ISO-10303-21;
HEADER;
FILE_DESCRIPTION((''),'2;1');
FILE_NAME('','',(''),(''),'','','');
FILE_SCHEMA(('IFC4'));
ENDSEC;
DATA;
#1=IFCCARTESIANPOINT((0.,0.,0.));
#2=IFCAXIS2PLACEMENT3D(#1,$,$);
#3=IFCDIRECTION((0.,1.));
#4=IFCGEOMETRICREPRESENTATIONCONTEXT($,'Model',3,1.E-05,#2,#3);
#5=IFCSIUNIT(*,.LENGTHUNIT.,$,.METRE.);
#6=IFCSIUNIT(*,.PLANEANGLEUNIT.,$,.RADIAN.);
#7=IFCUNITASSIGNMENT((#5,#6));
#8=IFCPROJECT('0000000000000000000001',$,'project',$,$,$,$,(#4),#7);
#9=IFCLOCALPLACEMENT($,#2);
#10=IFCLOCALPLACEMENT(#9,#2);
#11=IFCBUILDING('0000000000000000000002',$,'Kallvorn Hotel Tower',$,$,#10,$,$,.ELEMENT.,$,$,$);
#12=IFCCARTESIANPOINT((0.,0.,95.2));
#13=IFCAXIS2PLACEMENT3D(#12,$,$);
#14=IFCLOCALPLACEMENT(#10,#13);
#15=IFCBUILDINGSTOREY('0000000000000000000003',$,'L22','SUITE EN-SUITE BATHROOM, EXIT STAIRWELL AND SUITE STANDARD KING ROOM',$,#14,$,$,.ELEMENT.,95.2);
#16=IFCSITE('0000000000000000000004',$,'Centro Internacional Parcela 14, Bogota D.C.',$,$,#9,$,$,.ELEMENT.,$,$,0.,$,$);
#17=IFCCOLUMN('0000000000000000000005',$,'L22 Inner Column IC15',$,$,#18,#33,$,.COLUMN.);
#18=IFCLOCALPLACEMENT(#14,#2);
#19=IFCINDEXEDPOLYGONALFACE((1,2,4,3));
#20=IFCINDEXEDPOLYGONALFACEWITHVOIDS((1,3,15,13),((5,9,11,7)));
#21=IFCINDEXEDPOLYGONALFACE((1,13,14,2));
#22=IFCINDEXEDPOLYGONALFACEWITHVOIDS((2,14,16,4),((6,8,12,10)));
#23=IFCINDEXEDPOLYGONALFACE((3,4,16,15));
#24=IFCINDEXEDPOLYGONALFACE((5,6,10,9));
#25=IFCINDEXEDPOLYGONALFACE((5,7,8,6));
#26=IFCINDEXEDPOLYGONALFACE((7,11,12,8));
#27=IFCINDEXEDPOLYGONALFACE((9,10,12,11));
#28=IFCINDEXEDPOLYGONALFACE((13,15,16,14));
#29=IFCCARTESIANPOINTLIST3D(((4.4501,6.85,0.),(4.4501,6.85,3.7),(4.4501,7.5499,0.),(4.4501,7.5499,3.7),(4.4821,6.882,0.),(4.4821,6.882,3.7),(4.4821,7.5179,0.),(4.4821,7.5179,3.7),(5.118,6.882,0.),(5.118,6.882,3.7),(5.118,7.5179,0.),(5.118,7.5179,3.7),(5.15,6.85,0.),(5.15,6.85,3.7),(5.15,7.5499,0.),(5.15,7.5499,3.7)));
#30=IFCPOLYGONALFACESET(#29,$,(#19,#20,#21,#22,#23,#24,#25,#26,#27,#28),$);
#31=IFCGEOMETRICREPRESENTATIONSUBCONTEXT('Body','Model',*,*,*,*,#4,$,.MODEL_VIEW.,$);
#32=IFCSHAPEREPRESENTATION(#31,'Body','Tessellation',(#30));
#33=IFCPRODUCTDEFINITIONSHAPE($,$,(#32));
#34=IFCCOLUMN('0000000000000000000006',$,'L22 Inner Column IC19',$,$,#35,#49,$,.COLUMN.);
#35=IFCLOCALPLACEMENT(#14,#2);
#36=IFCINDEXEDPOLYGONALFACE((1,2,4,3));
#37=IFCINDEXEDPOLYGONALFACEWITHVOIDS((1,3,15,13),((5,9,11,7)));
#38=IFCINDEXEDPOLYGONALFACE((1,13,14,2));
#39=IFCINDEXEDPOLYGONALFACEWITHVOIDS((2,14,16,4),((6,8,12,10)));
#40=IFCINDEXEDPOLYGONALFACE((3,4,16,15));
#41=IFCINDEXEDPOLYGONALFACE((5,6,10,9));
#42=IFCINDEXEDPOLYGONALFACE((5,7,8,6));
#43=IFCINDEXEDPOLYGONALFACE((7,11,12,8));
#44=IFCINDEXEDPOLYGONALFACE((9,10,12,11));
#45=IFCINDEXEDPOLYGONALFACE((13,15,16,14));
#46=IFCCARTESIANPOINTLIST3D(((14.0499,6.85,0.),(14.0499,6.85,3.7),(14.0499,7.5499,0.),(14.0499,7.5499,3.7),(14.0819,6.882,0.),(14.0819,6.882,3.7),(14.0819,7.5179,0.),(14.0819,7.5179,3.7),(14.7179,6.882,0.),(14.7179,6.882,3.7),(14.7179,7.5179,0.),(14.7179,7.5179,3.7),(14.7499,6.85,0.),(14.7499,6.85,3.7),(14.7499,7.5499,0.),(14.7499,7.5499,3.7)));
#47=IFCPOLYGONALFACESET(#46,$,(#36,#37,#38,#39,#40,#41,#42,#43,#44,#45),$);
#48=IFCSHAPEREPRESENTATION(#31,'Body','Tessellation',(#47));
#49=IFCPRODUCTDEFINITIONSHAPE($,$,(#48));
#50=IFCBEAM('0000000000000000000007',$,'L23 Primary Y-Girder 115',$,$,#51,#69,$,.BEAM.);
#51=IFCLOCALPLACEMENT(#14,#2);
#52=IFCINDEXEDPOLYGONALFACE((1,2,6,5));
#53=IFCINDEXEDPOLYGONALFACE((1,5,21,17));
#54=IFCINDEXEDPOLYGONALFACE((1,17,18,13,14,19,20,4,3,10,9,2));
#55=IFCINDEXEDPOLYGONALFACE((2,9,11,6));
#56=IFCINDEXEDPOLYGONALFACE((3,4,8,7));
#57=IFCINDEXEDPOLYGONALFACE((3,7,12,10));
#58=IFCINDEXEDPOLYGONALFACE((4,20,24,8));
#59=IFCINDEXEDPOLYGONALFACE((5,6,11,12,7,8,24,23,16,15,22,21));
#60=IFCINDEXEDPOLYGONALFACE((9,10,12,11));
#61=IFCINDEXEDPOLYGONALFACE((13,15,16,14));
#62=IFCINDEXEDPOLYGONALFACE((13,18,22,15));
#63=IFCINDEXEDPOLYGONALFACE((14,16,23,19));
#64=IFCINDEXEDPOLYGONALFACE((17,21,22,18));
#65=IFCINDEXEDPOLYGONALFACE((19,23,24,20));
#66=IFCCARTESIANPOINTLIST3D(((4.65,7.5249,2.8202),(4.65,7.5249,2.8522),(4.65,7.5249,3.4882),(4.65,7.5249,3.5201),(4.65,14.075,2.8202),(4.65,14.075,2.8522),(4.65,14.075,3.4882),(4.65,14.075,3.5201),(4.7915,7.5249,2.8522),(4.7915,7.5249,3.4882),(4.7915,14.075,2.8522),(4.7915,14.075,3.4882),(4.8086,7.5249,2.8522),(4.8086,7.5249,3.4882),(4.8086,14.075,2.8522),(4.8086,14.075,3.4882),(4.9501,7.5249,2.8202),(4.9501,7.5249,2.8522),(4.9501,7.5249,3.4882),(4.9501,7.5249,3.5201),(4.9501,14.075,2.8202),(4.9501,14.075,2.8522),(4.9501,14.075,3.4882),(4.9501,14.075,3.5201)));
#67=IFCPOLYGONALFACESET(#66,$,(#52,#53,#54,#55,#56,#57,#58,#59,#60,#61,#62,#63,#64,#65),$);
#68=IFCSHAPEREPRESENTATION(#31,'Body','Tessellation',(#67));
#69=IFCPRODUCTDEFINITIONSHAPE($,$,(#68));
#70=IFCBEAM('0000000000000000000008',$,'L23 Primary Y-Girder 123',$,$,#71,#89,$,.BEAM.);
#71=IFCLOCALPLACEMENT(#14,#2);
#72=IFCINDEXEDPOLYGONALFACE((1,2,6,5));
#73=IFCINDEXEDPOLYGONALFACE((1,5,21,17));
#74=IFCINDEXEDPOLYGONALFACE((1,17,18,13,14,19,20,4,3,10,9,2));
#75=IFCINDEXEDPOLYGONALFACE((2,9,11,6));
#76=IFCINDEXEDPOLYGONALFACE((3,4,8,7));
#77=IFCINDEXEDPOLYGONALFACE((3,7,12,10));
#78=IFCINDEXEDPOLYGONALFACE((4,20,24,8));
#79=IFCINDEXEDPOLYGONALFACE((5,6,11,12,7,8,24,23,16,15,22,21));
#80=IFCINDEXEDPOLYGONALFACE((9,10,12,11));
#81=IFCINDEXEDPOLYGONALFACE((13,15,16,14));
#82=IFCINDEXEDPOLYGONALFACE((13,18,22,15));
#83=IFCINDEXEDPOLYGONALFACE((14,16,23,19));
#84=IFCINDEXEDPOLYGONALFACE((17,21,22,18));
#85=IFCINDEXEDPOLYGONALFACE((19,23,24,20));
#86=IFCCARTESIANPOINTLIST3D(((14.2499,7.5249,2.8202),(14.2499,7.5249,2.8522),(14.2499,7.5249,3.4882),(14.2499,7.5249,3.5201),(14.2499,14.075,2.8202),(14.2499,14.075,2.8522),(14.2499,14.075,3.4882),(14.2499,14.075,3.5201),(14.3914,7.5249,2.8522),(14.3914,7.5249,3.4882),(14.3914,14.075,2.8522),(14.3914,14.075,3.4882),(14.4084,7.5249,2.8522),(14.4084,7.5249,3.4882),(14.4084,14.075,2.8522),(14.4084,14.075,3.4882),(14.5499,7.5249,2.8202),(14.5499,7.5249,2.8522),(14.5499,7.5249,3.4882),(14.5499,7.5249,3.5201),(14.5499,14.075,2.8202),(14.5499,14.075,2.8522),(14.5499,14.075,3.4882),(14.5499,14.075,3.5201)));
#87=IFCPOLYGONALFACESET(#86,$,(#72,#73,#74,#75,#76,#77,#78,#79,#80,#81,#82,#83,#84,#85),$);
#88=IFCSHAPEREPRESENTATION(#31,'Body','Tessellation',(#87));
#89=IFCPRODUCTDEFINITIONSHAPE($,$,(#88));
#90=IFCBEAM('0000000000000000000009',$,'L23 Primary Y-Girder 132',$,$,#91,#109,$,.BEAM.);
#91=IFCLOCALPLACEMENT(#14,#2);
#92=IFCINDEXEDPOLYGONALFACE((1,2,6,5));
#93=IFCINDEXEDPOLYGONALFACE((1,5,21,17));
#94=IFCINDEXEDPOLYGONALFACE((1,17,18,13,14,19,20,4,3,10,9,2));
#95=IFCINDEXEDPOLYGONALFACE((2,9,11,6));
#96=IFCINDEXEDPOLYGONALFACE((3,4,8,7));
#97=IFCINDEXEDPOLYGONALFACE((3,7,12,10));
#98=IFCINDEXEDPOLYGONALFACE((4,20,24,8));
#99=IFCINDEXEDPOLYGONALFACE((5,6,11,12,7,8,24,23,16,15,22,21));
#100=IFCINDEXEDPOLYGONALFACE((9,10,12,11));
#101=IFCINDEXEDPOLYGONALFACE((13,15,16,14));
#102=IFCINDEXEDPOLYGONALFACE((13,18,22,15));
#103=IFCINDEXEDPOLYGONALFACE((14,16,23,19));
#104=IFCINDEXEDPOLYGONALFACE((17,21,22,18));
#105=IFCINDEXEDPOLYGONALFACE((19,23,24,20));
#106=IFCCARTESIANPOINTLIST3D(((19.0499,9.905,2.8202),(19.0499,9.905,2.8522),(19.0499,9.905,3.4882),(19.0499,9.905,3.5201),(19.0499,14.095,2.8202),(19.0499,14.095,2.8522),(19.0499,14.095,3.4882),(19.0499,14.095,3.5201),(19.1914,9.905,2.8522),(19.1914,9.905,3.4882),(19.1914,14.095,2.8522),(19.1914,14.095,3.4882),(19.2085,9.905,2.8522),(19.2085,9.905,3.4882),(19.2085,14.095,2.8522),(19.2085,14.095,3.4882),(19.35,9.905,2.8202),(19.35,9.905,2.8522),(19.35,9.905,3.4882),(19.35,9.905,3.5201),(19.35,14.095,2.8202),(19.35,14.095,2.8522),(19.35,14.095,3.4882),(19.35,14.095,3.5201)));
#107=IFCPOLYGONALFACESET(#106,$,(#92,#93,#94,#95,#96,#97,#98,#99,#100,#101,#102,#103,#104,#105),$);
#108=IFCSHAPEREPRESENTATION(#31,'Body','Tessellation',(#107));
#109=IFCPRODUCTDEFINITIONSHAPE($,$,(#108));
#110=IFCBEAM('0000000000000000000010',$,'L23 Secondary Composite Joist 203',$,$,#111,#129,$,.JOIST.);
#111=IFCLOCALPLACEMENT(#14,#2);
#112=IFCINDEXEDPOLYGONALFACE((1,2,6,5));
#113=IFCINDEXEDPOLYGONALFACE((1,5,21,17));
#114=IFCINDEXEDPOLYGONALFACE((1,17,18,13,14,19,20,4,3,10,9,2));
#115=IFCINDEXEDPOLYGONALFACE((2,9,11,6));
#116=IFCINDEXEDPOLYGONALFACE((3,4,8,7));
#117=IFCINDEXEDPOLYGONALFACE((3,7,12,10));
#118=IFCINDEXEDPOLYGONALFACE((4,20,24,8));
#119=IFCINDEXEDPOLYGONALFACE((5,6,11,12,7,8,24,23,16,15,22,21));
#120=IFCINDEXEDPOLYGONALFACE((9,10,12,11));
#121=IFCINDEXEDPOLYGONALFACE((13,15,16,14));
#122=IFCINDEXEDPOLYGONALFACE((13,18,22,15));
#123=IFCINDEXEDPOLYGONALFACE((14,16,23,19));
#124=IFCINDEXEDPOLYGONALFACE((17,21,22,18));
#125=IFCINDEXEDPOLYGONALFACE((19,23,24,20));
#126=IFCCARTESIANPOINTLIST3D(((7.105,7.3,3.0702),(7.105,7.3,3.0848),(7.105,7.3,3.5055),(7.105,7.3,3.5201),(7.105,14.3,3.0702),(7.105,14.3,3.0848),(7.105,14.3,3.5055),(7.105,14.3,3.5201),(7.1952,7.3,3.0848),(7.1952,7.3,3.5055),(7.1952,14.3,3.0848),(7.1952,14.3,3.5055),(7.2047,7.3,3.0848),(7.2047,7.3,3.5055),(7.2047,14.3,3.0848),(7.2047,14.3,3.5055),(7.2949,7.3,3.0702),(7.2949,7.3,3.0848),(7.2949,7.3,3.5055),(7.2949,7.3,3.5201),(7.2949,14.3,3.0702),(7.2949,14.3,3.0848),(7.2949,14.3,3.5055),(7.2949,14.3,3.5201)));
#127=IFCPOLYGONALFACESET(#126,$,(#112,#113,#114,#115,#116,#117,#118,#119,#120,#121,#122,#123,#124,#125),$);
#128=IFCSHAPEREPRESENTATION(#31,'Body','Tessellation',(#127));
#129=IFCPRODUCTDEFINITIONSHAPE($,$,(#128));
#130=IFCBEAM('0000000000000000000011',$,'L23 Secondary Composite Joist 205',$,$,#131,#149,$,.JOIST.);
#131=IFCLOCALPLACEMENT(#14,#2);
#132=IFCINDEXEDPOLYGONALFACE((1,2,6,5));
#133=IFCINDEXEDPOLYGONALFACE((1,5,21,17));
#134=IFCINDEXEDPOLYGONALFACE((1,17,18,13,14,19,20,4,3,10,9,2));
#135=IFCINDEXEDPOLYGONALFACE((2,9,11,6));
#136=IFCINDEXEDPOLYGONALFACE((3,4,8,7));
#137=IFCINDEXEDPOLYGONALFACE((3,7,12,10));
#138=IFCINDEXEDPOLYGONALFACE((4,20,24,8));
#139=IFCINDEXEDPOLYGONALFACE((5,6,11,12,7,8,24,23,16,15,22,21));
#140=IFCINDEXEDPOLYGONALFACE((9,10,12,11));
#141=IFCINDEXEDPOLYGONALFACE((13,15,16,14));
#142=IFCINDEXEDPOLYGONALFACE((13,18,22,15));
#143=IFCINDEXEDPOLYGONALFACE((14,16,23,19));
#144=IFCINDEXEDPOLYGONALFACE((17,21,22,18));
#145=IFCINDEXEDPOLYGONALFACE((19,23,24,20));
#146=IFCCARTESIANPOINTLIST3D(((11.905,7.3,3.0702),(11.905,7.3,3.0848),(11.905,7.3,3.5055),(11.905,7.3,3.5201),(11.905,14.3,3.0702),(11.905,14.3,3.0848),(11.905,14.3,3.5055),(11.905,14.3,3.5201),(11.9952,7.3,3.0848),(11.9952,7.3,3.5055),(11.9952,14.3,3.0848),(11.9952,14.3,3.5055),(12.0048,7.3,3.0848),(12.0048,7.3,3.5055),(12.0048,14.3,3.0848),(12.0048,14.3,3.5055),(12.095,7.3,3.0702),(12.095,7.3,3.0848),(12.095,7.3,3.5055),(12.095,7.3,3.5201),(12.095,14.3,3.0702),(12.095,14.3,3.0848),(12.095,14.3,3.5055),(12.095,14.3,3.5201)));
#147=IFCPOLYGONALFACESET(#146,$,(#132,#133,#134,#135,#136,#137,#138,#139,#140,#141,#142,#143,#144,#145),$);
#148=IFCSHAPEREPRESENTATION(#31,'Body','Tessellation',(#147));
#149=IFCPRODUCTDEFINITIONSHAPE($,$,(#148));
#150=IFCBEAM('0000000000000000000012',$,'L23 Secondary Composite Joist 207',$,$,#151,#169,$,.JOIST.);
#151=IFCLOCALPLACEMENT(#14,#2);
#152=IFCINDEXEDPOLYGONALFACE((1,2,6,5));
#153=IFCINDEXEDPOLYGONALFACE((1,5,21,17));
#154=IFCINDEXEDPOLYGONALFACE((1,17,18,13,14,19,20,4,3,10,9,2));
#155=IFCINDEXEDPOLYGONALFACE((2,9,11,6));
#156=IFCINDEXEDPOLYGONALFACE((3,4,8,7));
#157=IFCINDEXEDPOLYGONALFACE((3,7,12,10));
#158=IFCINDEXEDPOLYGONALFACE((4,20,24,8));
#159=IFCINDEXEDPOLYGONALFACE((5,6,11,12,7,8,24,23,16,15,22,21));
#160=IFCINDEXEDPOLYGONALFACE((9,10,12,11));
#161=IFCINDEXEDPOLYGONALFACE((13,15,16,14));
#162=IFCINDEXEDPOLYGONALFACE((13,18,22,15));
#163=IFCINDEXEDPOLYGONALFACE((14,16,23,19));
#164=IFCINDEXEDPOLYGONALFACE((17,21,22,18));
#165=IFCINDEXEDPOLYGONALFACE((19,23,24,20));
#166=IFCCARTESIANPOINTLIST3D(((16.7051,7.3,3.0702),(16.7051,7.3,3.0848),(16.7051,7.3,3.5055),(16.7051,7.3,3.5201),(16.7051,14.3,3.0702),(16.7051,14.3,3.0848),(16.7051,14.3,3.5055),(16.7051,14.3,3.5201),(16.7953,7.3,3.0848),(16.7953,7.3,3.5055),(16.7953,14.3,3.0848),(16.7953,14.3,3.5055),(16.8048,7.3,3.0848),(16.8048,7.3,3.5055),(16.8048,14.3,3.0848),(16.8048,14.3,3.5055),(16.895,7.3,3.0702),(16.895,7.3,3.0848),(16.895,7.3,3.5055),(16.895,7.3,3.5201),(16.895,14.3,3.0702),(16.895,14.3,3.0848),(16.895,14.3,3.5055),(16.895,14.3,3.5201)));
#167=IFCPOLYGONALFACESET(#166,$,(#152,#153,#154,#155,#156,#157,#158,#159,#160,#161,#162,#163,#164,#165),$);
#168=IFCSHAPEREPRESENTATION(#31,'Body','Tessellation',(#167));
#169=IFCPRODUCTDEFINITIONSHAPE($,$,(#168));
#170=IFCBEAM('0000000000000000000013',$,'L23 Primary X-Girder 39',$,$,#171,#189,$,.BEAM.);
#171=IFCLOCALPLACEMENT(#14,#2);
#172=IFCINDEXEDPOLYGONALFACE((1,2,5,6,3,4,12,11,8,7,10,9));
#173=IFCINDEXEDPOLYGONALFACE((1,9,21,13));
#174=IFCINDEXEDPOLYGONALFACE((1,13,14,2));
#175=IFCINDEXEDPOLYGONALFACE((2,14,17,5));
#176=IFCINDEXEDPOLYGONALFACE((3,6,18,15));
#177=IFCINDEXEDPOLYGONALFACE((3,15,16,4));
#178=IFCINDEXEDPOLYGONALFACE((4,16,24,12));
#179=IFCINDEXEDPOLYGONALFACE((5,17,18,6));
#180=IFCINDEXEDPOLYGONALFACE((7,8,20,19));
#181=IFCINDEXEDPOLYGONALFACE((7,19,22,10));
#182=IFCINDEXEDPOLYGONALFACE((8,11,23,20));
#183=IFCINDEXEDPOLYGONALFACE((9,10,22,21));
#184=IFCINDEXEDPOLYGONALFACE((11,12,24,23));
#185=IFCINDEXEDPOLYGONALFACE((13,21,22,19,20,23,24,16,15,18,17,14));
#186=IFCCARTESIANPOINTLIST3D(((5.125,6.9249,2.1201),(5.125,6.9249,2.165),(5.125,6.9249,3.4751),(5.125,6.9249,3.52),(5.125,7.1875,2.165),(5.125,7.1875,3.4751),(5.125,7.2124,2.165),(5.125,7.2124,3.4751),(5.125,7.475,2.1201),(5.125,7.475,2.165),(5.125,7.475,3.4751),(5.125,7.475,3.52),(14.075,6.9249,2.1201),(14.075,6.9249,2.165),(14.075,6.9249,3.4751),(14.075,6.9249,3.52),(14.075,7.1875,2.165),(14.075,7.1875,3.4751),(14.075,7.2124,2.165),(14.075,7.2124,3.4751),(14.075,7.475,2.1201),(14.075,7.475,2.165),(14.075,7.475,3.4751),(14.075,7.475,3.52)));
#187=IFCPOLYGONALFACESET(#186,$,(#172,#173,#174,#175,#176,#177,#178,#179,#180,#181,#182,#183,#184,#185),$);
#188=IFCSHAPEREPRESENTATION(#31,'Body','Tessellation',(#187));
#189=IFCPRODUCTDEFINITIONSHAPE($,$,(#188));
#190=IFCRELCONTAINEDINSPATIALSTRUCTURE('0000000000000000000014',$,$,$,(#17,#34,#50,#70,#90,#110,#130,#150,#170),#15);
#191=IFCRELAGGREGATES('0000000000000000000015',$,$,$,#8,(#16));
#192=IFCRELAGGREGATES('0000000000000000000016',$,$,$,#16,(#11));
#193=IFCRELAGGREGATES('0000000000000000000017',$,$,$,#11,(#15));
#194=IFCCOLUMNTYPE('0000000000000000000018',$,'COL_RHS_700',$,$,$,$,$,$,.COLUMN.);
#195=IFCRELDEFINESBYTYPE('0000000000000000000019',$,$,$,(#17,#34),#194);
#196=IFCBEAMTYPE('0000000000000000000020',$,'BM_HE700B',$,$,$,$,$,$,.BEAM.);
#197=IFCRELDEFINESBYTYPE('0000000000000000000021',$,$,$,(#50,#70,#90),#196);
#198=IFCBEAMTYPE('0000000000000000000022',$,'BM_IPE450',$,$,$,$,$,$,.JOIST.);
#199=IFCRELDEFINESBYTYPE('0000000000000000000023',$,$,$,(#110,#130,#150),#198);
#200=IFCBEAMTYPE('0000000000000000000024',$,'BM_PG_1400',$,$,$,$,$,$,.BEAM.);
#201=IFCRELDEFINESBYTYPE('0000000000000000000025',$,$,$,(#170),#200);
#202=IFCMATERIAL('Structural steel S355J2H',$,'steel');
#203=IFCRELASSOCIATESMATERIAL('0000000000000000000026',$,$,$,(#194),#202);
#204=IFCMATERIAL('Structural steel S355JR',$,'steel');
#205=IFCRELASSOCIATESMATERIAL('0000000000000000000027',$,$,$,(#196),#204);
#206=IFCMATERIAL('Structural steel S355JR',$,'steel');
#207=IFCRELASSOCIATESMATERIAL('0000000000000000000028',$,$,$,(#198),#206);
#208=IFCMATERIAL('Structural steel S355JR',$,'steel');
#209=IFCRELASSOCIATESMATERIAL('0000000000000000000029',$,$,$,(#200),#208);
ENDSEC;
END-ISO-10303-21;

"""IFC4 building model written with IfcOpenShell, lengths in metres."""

from ifc_helpers import new_model, si_unit, direction, frame, origin, origin_2d, place, context, subcontext, project, spatial, hollow_rectangle, i_section, extrude, material, material_profile, profile_set, type_object, element, save


model = new_model("IFC4")

# Units and contexts
model_context = context("Model", 3, precision=1e-05, world=origin(), true_north=direction((0.0, 1.0)))
body_context = subcontext(model_context, "Body", "Model", "MODEL_VIEW")
ifc_project = project(units=[si_unit("LENGTHUNIT", "METRE"), si_unit("PLANEANGLEUNIT", "RADIAN")], contexts=[model_context])

# Site, building, storey
site_placement = place(None, origin())
site = spatial("IfcSite", under=ifc_project, at=site_placement, Name="Centro Internacional Parcela 14, Bogota D.C.", CompositionType="ELEMENT", RefElevation=0.0)
building_placement = place(site_placement, origin())
building = spatial("IfcBuilding", under=site, at=building_placement, Name="Kallvorn Hotel Tower", CompositionType="ELEMENT")
storey_placement = place(building_placement, frame((0.0, 0.0, 95.2)))
storey = spatial("IfcBuildingStorey", under=building, at=storey_placement, Name="L22", Description="SUITE EN-SUITE BATHROOM, EXIT STAIRWELL AND SUITE STANDARD KING ROOM", CompositionType="ELEMENT", Elevation=95.2)

# Columns
ifc_material_1 = material(Name="Structural steel S355J2H", Category="steel")
ifc_material_profile_1 = material_profile(ifc_material_1, hollow_rectangle(XDim=0.7, YDim=0.7, WallThickness=0.032, at=origin_2d()), Name="RHS 700x700x32")
ifc_profile_set_1 = profile_set([ifc_material_profile_1], Name="Structural steel S355J2H")
column_type_1 = type_object("IfcColumnType", Name="COL_RHS_700", PredefinedType="COLUMN", material=ifc_profile_set_1)
for number, where, z_axis, x_axis, name in (
    (1, (4.8, 7.2, 0.0), (0.0, 0.0, 1.0), (1.0, 0.0, 0.0), "L22 Inner Column IC15"),
    (2, (14.3999, 7.2, 0.0), (0.0, 0.0, 1.0), (1.0, 0.0, 0.0), "L22 Inner Column IC19"),
):
    element("IfcColumn", number, at=place(storey_placement, frame(where, z_axis=z_axis, x_axis=x_axis)), inside=storey, type_object=column_type_1, Name=name, PredefinedType="COLUMN", context=body_context, shape_type="SweptSolid", body=[
        extrude(hollow_rectangle(XDim=0.7, YDim=0.7, WallThickness=0.032, at=origin_2d()), origin(), (0.0, 0.0, 1.0), 3.7),
    ])

# Beams
ifc_material_2 = material(Name="Structural steel S355JR", Category="steel")
ifc_material_profile_2 = material_profile(ifc_material_2, i_section(OverallWidth=0.3, OverallDepth=0.7, WebThickness=0.0171, FlangeThickness=0.032, at=origin_2d()), Name="HE 700 B")
ifc_profile_set_2 = profile_set([ifc_material_profile_2], Name="Structural steel S355JR")
beam_type_1 = type_object("IfcBeamType", Name="BM_HE700B", PredefinedType="BEAM", material=ifc_profile_set_2)
for number, where, z_axis, x_axis, name in (
    (3, (4.8, 7.5249, 3.1702), (0.0, 1.0, 0.0), (-1.0, 0.0, 0.0), "L23 Primary Y-Girder 115"),
    (4, (14.3999, 7.5249, 3.1702), (0.0, 1.0, 0.0), (-1.0, 0.0, 0.0), "L23 Primary Y-Girder 123"),
):
    element("IfcBeam", number, at=place(storey_placement, frame(where, z_axis=z_axis, x_axis=x_axis)), inside=storey, type_object=beam_type_1, Name=name, PredefinedType="BEAM", context=body_context, shape_type="SweptSolid", body=[
        extrude(i_section(OverallWidth=0.3, OverallDepth=0.7, WebThickness=0.0171, FlangeThickness=0.032, at=origin_2d()), origin(), (0.0, 0.0, 1.0), 6.55),
    ])
beam_placement = place(storey_placement, frame((19.2, 9.905, 3.1702), z_axis=(0.0, 1.0, 0.0), x_axis=(-1.0, 0.0, 0.0)))
element("IfcBeam", 5, at=beam_placement, inside=storey, type_object=beam_type_1, Name="L23 Primary Y-Girder 132", PredefinedType="BEAM", context=body_context, shape_type="SweptSolid", body=[
    extrude(i_section(OverallWidth=0.3, OverallDepth=0.7, WebThickness=0.0171, FlangeThickness=0.032, at=origin_2d()), origin(), (0.0, 0.0, 1.0), 4.1899),
])
ifc_material_3 = material(Name="Structural steel S355JR", Category="steel")
ifc_material_profile_3 = material_profile(ifc_material_3, i_section(OverallWidth=0.1899, OverallDepth=0.45, WebThickness=0.0095, FlangeThickness=0.0146, at=origin_2d()), Name="IPE 450")
ifc_profile_set_3 = profile_set([ifc_material_profile_3], Name="Structural steel S355JR")
beam_type_2 = type_object("IfcBeamType", Name="BM_IPE450", PredefinedType="JOIST", material=ifc_profile_set_3)
for number, where, z_axis, x_axis, name in (
    (6, (7.2, 7.3, 3.2952), (0.0, 1.0, 0.0), (-1.0, 0.0, 0.0), "L23 Secondary Composite Joist 203"),
    (7, (12.0, 7.3, 3.2952), (0.0, 1.0, 0.0), (-1.0, 0.0, 0.0), "L23 Secondary Composite Joist 205"),
    (8, (16.8, 7.3, 3.2952), (0.0, 1.0, 0.0), (-1.0, 0.0, 0.0), "L23 Secondary Composite Joist 207"),
):
    element("IfcBeam", number, at=place(storey_placement, frame(where, z_axis=z_axis, x_axis=x_axis)), inside=storey, type_object=beam_type_2, Name=name, PredefinedType="JOIST", context=body_context, shape_type="SweptSolid", body=[
        extrude(i_section(OverallWidth=0.1899, OverallDepth=0.45, WebThickness=0.0095, FlangeThickness=0.0146, at=origin_2d()), origin(), (0.0, 0.0, 1.0), 7.0),
    ])
ifc_material_4 = material(Name="Structural steel S355JR", Category="steel")
ifc_material_profile_4 = material_profile(ifc_material_4, i_section(OverallWidth=0.55, OverallDepth=1.3999, WebThickness=0.0249, FlangeThickness=0.0449, at=origin_2d()), Name="PG 1400x550x25x45")
ifc_profile_set_4 = profile_set([ifc_material_profile_4], Name="Structural steel S355JR")
beam_type_3 = type_object("IfcBeamType", Name="BM_PG_1400", PredefinedType="BEAM", material=ifc_profile_set_4)
for number, where, z_axis, x_axis, name in (
    (9, (5.125, 7.2, 2.8201), (1.0, 0.0, 0.0), (0.0, 1.0, 0.0), "L23 Primary X-Girder 39"),
):
    element("IfcBeam", number, at=place(storey_placement, frame(where, z_axis=z_axis, x_axis=x_axis)), inside=storey, type_object=beam_type_3, Name=name, PredefinedType="BEAM", context=body_context, shape_type="SweptSolid", body=[
        extrude(i_section(OverallWidth=0.55, OverallDepth=1.3999, WebThickness=0.0249, FlangeThickness=0.0449, at=origin_2d()), origin(), (0.0, 0.0, 1.0), 8.95),
    ])

save(model, "model.ifc")
